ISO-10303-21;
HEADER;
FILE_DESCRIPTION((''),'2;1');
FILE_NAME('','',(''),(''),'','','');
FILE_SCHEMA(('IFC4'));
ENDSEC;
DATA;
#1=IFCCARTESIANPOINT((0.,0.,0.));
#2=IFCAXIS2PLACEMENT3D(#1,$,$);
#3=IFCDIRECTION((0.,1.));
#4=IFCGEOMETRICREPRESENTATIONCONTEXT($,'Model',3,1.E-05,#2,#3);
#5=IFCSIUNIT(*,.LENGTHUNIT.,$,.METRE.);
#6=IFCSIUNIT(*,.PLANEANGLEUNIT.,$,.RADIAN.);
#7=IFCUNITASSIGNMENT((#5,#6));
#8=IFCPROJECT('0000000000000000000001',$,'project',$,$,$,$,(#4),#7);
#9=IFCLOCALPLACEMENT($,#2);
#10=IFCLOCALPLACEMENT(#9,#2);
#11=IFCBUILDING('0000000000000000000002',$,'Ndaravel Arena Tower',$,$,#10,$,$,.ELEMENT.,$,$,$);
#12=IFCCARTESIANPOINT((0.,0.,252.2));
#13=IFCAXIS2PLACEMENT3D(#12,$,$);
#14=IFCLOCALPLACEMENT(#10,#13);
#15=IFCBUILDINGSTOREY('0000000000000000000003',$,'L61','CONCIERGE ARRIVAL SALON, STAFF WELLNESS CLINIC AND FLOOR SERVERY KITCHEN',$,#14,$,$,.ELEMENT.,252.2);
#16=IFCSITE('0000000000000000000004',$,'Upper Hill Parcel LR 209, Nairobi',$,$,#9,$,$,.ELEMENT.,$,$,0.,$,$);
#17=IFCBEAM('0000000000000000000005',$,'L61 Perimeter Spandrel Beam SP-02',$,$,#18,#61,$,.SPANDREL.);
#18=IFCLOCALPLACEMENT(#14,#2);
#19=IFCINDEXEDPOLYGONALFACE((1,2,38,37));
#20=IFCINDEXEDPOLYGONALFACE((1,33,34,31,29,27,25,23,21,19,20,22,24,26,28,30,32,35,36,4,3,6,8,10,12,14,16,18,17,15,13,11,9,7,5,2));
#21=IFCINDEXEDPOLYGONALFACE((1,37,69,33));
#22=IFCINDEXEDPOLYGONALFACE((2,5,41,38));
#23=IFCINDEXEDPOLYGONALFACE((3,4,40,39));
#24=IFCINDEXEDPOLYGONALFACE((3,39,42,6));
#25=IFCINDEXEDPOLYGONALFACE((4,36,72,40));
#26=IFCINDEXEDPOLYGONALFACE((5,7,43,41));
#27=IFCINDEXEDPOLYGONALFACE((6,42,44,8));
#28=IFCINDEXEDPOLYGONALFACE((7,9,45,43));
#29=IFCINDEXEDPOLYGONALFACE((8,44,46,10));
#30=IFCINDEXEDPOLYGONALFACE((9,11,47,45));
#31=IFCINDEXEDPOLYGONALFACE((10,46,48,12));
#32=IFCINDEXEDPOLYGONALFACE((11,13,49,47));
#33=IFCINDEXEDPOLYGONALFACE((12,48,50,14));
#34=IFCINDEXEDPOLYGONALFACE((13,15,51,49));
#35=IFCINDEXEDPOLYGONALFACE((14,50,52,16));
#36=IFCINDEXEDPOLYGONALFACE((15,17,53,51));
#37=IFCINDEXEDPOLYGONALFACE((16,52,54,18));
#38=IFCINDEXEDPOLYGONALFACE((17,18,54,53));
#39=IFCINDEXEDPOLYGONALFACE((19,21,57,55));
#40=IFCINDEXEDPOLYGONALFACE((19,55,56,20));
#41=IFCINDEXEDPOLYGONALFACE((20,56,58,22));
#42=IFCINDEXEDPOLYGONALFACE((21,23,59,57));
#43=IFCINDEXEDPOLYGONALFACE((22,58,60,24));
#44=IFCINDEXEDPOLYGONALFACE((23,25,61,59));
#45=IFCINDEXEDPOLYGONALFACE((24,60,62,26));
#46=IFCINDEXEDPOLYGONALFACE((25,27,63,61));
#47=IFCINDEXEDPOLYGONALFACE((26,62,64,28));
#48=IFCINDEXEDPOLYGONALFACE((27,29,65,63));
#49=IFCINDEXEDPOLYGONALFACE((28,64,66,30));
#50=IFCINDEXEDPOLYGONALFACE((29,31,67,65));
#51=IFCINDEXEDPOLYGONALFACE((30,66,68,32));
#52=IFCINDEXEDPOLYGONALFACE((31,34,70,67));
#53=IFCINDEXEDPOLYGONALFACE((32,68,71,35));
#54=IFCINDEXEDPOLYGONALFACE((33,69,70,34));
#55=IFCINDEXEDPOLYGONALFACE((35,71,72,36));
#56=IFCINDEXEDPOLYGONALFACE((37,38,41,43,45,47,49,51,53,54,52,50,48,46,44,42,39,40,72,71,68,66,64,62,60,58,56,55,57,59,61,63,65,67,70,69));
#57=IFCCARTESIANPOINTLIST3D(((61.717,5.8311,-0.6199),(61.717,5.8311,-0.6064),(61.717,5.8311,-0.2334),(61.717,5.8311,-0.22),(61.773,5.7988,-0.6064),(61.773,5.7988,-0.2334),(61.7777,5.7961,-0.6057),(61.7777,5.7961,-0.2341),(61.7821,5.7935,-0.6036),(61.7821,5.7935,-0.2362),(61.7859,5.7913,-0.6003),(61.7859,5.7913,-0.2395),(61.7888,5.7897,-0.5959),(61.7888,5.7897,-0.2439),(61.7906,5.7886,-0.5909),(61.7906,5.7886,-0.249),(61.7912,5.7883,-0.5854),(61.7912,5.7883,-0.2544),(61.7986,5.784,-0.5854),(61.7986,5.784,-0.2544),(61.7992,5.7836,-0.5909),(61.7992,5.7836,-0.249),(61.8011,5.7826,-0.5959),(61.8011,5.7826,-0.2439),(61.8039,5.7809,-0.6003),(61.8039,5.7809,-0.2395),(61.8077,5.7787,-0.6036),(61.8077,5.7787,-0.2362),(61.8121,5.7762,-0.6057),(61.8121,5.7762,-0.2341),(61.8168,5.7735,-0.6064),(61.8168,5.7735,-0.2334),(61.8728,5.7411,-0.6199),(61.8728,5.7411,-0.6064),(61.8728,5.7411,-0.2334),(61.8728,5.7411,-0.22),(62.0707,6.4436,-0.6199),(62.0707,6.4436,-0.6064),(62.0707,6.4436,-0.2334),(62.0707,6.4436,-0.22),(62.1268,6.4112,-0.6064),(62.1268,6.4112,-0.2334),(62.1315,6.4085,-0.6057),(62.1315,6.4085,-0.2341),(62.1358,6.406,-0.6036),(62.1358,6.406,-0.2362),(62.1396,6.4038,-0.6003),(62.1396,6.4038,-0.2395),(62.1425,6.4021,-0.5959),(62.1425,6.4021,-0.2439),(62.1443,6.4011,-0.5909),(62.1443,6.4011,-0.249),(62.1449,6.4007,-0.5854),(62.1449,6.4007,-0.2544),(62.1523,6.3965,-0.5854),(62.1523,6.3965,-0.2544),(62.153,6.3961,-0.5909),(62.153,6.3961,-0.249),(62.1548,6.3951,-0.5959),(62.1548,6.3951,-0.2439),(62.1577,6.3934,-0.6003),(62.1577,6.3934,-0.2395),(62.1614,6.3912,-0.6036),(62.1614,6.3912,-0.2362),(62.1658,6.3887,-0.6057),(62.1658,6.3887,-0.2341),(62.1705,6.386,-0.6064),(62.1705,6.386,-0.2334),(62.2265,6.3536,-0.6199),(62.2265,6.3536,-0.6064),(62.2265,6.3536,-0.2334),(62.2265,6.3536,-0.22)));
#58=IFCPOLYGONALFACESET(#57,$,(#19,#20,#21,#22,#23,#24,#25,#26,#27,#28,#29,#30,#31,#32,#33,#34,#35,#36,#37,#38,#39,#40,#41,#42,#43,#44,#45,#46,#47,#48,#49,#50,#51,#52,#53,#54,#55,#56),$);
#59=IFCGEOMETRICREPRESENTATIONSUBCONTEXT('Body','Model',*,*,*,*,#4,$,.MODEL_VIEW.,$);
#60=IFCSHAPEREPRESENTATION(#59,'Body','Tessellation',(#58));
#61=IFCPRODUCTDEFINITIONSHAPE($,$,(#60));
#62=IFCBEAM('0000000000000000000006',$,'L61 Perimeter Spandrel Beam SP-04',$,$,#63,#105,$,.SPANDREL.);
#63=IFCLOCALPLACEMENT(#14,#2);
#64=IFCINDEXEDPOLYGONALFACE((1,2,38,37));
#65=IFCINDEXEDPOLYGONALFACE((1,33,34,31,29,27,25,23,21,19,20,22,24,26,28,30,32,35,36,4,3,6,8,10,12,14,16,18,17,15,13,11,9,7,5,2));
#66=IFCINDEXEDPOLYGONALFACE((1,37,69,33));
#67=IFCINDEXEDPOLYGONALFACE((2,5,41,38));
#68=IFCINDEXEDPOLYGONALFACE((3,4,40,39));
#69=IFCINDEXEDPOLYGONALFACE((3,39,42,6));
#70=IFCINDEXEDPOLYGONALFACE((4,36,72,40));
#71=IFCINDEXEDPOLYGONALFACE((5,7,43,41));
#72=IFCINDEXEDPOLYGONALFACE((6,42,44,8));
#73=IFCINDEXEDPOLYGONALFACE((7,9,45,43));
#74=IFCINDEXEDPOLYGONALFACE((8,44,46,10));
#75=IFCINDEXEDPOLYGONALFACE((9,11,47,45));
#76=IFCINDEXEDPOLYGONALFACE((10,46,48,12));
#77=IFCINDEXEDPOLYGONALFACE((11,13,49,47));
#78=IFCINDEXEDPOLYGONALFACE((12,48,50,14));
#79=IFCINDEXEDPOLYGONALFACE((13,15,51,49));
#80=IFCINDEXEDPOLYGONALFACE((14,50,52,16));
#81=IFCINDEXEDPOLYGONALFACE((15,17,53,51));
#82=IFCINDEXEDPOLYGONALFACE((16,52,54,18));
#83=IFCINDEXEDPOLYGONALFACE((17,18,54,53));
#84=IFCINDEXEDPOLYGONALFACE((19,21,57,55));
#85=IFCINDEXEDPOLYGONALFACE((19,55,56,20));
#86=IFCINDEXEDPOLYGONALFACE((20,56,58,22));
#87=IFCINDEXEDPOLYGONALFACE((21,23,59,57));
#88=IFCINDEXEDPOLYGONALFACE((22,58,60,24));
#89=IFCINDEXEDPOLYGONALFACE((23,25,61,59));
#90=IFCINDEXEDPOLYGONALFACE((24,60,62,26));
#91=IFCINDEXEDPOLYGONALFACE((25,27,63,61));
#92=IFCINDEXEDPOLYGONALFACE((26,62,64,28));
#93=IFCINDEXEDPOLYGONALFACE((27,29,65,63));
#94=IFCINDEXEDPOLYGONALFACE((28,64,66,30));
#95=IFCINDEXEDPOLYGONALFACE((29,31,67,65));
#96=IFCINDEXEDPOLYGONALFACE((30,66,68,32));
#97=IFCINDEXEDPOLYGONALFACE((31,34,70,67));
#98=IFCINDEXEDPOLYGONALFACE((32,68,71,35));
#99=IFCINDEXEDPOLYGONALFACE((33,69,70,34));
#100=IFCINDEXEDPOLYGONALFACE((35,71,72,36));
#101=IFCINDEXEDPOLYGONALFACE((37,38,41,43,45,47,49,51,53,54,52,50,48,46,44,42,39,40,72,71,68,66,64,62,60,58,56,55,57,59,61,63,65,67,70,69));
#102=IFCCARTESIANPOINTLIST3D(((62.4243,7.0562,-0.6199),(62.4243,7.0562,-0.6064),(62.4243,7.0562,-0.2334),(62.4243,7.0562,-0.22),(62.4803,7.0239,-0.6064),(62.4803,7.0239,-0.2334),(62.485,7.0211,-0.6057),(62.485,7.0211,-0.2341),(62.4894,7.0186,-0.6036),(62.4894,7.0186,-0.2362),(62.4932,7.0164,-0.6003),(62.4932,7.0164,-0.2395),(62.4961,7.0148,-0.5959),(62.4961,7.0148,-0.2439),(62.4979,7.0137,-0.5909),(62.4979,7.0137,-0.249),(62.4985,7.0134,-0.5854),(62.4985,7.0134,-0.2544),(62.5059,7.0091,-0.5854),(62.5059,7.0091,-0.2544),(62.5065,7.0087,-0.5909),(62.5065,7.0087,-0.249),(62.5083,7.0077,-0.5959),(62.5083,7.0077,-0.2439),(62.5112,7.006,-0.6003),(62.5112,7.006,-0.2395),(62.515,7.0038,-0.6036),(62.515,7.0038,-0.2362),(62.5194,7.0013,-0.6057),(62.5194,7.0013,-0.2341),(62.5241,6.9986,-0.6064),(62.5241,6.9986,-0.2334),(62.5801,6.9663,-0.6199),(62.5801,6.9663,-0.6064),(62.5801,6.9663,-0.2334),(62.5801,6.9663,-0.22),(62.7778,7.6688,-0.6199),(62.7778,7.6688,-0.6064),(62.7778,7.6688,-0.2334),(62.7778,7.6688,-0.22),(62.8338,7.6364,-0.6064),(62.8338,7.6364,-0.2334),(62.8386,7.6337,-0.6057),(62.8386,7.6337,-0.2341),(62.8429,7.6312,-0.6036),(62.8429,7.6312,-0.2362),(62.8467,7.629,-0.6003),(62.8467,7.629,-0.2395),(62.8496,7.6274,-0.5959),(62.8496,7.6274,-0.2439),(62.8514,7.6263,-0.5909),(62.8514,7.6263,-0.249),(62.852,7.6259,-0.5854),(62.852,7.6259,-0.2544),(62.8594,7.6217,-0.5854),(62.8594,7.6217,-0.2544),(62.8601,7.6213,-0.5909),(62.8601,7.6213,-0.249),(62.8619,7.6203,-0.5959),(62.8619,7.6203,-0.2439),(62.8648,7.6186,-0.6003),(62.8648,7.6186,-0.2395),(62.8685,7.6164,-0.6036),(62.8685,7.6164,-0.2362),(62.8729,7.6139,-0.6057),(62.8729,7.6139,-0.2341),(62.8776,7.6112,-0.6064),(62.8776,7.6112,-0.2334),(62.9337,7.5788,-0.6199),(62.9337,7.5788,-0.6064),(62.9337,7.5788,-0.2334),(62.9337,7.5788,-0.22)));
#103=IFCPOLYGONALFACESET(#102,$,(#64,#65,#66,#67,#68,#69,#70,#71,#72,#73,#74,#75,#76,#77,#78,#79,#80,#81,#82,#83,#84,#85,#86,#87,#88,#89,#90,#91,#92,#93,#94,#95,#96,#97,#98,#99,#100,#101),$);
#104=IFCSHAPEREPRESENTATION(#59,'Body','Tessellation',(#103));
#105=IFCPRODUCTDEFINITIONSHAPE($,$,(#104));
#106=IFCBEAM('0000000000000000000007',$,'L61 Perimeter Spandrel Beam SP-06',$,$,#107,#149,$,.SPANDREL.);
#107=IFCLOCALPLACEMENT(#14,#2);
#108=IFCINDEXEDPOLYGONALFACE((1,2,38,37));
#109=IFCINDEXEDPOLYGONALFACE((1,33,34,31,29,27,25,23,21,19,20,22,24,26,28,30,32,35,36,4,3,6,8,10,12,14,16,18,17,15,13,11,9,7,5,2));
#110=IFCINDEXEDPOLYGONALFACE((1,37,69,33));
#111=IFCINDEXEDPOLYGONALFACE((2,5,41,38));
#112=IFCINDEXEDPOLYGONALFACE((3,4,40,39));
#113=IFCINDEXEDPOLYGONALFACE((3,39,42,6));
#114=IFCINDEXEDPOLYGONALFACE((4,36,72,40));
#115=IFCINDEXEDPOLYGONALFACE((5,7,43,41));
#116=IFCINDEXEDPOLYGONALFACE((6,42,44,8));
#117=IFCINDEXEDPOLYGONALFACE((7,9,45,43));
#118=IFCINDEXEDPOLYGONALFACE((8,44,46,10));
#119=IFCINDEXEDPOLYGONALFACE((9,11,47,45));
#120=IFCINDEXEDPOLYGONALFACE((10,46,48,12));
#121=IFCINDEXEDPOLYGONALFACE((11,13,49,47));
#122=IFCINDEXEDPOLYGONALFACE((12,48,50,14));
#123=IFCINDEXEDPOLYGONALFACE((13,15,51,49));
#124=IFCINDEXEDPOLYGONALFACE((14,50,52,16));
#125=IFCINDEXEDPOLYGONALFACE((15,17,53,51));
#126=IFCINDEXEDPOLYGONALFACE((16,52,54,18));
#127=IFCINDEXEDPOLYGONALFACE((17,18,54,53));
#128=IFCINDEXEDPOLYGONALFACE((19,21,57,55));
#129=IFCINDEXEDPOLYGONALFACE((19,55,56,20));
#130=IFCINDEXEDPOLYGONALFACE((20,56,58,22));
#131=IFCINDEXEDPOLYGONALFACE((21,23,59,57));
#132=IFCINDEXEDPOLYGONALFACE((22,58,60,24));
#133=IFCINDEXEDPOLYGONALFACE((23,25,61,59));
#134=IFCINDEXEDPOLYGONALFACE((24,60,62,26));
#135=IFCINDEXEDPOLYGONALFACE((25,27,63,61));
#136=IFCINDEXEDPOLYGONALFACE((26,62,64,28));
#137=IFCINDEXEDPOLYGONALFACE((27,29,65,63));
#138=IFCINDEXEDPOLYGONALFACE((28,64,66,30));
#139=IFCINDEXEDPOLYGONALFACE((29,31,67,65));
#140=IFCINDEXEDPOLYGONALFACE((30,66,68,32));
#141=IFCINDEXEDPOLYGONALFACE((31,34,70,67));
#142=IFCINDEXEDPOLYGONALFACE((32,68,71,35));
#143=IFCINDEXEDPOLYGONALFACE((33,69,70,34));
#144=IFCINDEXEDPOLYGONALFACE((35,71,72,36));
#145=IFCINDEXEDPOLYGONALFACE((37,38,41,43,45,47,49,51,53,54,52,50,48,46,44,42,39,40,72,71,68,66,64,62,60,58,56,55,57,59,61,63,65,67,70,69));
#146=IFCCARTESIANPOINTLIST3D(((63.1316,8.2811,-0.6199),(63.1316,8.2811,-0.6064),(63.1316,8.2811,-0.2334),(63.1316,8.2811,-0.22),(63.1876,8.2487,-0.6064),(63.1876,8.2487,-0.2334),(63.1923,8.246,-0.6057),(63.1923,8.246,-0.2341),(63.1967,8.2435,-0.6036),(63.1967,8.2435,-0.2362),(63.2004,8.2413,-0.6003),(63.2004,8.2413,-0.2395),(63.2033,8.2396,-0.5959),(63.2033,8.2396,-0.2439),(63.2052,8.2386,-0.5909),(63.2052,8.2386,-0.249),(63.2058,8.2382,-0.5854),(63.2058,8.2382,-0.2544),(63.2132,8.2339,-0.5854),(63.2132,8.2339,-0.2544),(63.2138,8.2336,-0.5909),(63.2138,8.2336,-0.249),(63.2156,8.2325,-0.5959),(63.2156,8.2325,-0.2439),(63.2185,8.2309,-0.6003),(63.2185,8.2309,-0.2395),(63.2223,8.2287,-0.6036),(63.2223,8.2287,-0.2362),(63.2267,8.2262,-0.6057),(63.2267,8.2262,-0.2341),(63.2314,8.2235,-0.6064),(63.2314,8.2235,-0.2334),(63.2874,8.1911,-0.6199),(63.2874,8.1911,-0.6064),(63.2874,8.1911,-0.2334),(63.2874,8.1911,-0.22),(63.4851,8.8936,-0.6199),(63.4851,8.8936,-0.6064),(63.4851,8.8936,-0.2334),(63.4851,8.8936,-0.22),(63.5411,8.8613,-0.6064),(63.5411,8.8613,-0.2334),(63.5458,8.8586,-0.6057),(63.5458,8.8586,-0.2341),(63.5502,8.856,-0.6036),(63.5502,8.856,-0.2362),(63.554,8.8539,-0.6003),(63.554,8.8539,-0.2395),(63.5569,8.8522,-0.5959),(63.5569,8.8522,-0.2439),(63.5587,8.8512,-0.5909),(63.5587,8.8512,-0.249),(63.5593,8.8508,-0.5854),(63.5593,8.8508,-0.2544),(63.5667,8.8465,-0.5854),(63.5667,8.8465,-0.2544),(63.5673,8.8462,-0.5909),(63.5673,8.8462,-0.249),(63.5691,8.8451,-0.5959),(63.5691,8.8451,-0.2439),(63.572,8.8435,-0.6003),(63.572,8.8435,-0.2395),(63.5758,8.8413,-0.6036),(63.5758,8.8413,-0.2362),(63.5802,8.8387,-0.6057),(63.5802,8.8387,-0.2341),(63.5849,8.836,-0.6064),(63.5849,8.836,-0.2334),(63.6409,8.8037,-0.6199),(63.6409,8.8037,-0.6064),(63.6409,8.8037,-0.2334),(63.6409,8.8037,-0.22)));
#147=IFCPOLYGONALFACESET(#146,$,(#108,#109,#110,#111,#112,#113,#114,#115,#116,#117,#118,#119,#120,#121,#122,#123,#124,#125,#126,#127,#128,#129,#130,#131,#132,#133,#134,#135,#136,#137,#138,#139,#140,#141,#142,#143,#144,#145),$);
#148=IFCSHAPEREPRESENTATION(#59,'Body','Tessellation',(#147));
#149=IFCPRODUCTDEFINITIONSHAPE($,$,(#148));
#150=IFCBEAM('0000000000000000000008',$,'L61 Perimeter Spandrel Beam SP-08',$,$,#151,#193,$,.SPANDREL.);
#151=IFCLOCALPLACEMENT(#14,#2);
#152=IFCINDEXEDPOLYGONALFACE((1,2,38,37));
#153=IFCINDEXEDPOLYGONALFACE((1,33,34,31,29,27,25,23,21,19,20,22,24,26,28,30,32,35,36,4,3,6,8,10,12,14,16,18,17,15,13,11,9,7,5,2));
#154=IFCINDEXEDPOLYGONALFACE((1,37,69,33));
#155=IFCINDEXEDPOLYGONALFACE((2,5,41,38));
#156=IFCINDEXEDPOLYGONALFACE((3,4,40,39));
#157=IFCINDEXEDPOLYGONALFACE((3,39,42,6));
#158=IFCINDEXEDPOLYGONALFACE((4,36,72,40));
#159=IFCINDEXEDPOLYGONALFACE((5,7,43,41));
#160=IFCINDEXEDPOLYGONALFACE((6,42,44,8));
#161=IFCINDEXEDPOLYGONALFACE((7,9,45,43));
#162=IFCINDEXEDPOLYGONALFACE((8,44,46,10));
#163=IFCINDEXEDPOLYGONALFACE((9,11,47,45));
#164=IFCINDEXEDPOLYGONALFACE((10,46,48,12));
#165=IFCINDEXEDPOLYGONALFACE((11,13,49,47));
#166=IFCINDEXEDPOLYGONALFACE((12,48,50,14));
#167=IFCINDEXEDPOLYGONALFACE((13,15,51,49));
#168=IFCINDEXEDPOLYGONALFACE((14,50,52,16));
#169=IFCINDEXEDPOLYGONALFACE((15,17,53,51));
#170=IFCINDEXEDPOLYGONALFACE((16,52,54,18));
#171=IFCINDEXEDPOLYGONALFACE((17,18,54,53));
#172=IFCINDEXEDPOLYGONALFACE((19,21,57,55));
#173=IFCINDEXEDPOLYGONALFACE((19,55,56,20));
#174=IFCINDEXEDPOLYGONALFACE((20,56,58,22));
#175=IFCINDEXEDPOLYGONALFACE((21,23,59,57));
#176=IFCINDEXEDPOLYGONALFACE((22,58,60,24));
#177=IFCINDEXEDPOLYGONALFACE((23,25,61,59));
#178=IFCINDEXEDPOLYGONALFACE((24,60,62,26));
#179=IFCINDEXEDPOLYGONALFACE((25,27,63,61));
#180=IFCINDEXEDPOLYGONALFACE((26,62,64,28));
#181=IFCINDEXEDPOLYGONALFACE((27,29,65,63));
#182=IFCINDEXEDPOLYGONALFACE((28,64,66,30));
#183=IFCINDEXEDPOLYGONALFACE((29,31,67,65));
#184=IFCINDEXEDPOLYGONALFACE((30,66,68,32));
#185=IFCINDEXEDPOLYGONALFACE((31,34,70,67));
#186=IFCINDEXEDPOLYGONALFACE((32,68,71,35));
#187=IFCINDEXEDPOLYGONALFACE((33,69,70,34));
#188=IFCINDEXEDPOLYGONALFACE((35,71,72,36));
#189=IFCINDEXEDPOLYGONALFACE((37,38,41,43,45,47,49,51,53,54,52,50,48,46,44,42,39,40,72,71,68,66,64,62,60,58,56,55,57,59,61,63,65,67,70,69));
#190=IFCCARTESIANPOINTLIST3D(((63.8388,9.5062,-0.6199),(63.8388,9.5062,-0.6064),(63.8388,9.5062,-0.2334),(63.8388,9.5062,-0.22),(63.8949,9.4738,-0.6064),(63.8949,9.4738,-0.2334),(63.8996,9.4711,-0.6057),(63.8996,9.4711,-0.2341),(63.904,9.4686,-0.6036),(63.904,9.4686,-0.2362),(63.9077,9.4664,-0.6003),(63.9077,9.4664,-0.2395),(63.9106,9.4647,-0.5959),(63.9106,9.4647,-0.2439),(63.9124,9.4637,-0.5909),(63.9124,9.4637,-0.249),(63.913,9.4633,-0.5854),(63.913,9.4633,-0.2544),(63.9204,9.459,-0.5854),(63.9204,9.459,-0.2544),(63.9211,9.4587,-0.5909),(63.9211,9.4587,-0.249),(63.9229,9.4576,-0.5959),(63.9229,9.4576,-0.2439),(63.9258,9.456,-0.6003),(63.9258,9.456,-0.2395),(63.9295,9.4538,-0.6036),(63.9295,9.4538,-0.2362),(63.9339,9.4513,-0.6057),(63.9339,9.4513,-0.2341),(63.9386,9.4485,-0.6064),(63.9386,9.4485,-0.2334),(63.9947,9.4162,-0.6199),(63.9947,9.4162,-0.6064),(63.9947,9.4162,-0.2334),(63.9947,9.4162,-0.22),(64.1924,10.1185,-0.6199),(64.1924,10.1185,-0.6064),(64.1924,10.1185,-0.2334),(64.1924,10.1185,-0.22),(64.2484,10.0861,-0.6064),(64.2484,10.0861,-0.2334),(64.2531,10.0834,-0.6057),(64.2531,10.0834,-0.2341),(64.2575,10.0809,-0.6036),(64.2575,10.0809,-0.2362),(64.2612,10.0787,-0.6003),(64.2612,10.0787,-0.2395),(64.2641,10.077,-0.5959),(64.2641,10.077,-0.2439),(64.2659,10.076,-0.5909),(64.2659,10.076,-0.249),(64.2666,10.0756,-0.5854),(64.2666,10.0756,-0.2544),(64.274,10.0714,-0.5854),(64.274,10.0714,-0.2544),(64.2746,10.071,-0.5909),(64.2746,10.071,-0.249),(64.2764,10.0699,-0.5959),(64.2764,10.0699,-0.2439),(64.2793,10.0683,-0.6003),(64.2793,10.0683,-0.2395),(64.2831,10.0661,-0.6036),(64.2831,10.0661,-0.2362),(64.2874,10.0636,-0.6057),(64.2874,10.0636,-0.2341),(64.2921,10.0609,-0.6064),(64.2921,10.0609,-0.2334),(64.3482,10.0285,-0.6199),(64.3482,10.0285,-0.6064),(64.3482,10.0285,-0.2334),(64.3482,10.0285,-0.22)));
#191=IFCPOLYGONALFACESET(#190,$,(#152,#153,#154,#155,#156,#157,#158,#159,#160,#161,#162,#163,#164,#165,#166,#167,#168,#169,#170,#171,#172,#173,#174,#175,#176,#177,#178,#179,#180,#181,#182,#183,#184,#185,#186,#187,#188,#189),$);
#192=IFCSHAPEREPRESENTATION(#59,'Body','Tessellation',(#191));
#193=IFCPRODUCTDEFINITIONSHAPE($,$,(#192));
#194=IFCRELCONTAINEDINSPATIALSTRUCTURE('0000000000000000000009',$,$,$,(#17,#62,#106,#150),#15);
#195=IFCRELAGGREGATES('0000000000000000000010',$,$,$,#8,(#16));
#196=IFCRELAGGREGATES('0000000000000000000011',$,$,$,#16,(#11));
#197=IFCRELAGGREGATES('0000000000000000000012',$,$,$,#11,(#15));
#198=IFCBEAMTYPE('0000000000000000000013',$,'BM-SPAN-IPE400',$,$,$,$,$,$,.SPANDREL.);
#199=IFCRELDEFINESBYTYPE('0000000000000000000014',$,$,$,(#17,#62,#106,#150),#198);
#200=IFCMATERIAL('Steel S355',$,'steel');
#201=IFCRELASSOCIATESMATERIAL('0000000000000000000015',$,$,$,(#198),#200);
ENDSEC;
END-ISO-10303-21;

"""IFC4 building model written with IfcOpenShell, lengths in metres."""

from ifc_helpers import new_model, si_unit, direction, frame, origin, origin_2d, place, context, subcontext, project, spatial, i_section, extrude, material, material_profile, profile_set, type_object, element, save


model = new_model("IFC4")

# Units and contexts
model_context = context("Model", 3, precision=1e-05, world=origin(), true_north=direction((0.0, 1.0)))
body_context = subcontext(model_context, "Body", "Model", "MODEL_VIEW")
ifc_project = project(units=[si_unit("LENGTHUNIT", "METRE"), si_unit("PLANEANGLEUNIT", "RADIAN")], contexts=[model_context])

# Site, building, storey
site_placement = place(None, origin())
site = spatial("IfcSite", under=ifc_project, at=site_placement, Name="Upper Hill Parcel LR 209, Nairobi", CompositionType="ELEMENT", RefElevation=0.0)
building_placement = place(site_placement, origin())
building = spatial("IfcBuilding", under=site, at=building_placement, Name="Ndaravel Arena Tower", CompositionType="ELEMENT")
storey_placement = place(building_placement, frame((0.0, 0.0, 252.2)))
storey = spatial("IfcBuildingStorey", under=building, at=storey_placement, Name="L61", Description="CONCIERGE ARRIVAL SALON, STAFF WELLNESS CLINIC AND FLOOR SERVERY KITCHEN", CompositionType="ELEMENT", Elevation=252.2)

# Beams
ifc_material_1 = material(Name="Steel S355", Category="steel")
ifc_material_profile_1 = material_profile(ifc_material_1, i_section(OverallWidth=0.1799, OverallDepth=0.3999, WebThickness=0.0085, FlangeThickness=0.0134, FilletRadius=0.021, at=origin_2d()), Name="IPE 400")
ifc_profile_set_1 = profile_set([ifc_material_profile_1], Name="Steel S355")
beam_type = type_object("IfcBeamType", Name="BM-SPAN-IPE400", PredefinedType="SPANDREL", material=ifc_profile_set_1)
for number, where, z_axis, x_axis, name in (
    (1, (61.7949, 5.7861, -0.4199), (0.500111, 0.865961, 0.0), (-0.865961, 0.500111, 0.0), "L61 Perimeter Spandrel Beam SP-02"),
    (2, (62.5022, 7.0112, -0.4199), (0.499852, 0.866111, 0.0), (-0.866111, 0.499852, 0.0), "L61 Perimeter Spandrel Beam SP-04"),
    (3, (63.2095, 8.2361, -0.4199), (0.499852, 0.866111, 0.0), (-0.866111, 0.499852, 0.0), "L61 Perimeter Spandrel Beam SP-06"),
):
    element("IfcBeam", number, at=place(storey_placement, frame(where, z_axis=z_axis, x_axis=x_axis)), inside=storey, type_object=beam_type, Name=name, PredefinedType="SPANDREL", context=body_context, shape_type="SweptSolid", body=[
        extrude(i_section(OverallWidth=0.1799, OverallDepth=0.3999, WebThickness=0.0085, FlangeThickness=0.0134, FilletRadius=0.021, at=origin_2d()), origin(), (0.0, 0.0, 1.0), 0.7073),
    ])
beam_1_placement = place(storey_placement, frame((63.9167, 9.4612, -0.4199), z_axis=(0.500001, 0.866025, 0.0), x_axis=(-0.866025, 0.500001, 0.0)))
element("IfcBeam", 4, at=beam_1_placement, inside=storey, type_object=beam_type, Name="L61 Perimeter Spandrel Beam SP-08", PredefinedType="SPANDREL", context=body_context, shape_type="SweptSolid", body=[
    extrude(i_section(OverallWidth=0.1799, OverallDepth=0.3999, WebThickness=0.0085, FlangeThickness=0.0134, FilletRadius=0.021, at=origin_2d()), origin(), (0.0, 0.0, 1.0), 0.707),
])

save(model, "model.ifc")
